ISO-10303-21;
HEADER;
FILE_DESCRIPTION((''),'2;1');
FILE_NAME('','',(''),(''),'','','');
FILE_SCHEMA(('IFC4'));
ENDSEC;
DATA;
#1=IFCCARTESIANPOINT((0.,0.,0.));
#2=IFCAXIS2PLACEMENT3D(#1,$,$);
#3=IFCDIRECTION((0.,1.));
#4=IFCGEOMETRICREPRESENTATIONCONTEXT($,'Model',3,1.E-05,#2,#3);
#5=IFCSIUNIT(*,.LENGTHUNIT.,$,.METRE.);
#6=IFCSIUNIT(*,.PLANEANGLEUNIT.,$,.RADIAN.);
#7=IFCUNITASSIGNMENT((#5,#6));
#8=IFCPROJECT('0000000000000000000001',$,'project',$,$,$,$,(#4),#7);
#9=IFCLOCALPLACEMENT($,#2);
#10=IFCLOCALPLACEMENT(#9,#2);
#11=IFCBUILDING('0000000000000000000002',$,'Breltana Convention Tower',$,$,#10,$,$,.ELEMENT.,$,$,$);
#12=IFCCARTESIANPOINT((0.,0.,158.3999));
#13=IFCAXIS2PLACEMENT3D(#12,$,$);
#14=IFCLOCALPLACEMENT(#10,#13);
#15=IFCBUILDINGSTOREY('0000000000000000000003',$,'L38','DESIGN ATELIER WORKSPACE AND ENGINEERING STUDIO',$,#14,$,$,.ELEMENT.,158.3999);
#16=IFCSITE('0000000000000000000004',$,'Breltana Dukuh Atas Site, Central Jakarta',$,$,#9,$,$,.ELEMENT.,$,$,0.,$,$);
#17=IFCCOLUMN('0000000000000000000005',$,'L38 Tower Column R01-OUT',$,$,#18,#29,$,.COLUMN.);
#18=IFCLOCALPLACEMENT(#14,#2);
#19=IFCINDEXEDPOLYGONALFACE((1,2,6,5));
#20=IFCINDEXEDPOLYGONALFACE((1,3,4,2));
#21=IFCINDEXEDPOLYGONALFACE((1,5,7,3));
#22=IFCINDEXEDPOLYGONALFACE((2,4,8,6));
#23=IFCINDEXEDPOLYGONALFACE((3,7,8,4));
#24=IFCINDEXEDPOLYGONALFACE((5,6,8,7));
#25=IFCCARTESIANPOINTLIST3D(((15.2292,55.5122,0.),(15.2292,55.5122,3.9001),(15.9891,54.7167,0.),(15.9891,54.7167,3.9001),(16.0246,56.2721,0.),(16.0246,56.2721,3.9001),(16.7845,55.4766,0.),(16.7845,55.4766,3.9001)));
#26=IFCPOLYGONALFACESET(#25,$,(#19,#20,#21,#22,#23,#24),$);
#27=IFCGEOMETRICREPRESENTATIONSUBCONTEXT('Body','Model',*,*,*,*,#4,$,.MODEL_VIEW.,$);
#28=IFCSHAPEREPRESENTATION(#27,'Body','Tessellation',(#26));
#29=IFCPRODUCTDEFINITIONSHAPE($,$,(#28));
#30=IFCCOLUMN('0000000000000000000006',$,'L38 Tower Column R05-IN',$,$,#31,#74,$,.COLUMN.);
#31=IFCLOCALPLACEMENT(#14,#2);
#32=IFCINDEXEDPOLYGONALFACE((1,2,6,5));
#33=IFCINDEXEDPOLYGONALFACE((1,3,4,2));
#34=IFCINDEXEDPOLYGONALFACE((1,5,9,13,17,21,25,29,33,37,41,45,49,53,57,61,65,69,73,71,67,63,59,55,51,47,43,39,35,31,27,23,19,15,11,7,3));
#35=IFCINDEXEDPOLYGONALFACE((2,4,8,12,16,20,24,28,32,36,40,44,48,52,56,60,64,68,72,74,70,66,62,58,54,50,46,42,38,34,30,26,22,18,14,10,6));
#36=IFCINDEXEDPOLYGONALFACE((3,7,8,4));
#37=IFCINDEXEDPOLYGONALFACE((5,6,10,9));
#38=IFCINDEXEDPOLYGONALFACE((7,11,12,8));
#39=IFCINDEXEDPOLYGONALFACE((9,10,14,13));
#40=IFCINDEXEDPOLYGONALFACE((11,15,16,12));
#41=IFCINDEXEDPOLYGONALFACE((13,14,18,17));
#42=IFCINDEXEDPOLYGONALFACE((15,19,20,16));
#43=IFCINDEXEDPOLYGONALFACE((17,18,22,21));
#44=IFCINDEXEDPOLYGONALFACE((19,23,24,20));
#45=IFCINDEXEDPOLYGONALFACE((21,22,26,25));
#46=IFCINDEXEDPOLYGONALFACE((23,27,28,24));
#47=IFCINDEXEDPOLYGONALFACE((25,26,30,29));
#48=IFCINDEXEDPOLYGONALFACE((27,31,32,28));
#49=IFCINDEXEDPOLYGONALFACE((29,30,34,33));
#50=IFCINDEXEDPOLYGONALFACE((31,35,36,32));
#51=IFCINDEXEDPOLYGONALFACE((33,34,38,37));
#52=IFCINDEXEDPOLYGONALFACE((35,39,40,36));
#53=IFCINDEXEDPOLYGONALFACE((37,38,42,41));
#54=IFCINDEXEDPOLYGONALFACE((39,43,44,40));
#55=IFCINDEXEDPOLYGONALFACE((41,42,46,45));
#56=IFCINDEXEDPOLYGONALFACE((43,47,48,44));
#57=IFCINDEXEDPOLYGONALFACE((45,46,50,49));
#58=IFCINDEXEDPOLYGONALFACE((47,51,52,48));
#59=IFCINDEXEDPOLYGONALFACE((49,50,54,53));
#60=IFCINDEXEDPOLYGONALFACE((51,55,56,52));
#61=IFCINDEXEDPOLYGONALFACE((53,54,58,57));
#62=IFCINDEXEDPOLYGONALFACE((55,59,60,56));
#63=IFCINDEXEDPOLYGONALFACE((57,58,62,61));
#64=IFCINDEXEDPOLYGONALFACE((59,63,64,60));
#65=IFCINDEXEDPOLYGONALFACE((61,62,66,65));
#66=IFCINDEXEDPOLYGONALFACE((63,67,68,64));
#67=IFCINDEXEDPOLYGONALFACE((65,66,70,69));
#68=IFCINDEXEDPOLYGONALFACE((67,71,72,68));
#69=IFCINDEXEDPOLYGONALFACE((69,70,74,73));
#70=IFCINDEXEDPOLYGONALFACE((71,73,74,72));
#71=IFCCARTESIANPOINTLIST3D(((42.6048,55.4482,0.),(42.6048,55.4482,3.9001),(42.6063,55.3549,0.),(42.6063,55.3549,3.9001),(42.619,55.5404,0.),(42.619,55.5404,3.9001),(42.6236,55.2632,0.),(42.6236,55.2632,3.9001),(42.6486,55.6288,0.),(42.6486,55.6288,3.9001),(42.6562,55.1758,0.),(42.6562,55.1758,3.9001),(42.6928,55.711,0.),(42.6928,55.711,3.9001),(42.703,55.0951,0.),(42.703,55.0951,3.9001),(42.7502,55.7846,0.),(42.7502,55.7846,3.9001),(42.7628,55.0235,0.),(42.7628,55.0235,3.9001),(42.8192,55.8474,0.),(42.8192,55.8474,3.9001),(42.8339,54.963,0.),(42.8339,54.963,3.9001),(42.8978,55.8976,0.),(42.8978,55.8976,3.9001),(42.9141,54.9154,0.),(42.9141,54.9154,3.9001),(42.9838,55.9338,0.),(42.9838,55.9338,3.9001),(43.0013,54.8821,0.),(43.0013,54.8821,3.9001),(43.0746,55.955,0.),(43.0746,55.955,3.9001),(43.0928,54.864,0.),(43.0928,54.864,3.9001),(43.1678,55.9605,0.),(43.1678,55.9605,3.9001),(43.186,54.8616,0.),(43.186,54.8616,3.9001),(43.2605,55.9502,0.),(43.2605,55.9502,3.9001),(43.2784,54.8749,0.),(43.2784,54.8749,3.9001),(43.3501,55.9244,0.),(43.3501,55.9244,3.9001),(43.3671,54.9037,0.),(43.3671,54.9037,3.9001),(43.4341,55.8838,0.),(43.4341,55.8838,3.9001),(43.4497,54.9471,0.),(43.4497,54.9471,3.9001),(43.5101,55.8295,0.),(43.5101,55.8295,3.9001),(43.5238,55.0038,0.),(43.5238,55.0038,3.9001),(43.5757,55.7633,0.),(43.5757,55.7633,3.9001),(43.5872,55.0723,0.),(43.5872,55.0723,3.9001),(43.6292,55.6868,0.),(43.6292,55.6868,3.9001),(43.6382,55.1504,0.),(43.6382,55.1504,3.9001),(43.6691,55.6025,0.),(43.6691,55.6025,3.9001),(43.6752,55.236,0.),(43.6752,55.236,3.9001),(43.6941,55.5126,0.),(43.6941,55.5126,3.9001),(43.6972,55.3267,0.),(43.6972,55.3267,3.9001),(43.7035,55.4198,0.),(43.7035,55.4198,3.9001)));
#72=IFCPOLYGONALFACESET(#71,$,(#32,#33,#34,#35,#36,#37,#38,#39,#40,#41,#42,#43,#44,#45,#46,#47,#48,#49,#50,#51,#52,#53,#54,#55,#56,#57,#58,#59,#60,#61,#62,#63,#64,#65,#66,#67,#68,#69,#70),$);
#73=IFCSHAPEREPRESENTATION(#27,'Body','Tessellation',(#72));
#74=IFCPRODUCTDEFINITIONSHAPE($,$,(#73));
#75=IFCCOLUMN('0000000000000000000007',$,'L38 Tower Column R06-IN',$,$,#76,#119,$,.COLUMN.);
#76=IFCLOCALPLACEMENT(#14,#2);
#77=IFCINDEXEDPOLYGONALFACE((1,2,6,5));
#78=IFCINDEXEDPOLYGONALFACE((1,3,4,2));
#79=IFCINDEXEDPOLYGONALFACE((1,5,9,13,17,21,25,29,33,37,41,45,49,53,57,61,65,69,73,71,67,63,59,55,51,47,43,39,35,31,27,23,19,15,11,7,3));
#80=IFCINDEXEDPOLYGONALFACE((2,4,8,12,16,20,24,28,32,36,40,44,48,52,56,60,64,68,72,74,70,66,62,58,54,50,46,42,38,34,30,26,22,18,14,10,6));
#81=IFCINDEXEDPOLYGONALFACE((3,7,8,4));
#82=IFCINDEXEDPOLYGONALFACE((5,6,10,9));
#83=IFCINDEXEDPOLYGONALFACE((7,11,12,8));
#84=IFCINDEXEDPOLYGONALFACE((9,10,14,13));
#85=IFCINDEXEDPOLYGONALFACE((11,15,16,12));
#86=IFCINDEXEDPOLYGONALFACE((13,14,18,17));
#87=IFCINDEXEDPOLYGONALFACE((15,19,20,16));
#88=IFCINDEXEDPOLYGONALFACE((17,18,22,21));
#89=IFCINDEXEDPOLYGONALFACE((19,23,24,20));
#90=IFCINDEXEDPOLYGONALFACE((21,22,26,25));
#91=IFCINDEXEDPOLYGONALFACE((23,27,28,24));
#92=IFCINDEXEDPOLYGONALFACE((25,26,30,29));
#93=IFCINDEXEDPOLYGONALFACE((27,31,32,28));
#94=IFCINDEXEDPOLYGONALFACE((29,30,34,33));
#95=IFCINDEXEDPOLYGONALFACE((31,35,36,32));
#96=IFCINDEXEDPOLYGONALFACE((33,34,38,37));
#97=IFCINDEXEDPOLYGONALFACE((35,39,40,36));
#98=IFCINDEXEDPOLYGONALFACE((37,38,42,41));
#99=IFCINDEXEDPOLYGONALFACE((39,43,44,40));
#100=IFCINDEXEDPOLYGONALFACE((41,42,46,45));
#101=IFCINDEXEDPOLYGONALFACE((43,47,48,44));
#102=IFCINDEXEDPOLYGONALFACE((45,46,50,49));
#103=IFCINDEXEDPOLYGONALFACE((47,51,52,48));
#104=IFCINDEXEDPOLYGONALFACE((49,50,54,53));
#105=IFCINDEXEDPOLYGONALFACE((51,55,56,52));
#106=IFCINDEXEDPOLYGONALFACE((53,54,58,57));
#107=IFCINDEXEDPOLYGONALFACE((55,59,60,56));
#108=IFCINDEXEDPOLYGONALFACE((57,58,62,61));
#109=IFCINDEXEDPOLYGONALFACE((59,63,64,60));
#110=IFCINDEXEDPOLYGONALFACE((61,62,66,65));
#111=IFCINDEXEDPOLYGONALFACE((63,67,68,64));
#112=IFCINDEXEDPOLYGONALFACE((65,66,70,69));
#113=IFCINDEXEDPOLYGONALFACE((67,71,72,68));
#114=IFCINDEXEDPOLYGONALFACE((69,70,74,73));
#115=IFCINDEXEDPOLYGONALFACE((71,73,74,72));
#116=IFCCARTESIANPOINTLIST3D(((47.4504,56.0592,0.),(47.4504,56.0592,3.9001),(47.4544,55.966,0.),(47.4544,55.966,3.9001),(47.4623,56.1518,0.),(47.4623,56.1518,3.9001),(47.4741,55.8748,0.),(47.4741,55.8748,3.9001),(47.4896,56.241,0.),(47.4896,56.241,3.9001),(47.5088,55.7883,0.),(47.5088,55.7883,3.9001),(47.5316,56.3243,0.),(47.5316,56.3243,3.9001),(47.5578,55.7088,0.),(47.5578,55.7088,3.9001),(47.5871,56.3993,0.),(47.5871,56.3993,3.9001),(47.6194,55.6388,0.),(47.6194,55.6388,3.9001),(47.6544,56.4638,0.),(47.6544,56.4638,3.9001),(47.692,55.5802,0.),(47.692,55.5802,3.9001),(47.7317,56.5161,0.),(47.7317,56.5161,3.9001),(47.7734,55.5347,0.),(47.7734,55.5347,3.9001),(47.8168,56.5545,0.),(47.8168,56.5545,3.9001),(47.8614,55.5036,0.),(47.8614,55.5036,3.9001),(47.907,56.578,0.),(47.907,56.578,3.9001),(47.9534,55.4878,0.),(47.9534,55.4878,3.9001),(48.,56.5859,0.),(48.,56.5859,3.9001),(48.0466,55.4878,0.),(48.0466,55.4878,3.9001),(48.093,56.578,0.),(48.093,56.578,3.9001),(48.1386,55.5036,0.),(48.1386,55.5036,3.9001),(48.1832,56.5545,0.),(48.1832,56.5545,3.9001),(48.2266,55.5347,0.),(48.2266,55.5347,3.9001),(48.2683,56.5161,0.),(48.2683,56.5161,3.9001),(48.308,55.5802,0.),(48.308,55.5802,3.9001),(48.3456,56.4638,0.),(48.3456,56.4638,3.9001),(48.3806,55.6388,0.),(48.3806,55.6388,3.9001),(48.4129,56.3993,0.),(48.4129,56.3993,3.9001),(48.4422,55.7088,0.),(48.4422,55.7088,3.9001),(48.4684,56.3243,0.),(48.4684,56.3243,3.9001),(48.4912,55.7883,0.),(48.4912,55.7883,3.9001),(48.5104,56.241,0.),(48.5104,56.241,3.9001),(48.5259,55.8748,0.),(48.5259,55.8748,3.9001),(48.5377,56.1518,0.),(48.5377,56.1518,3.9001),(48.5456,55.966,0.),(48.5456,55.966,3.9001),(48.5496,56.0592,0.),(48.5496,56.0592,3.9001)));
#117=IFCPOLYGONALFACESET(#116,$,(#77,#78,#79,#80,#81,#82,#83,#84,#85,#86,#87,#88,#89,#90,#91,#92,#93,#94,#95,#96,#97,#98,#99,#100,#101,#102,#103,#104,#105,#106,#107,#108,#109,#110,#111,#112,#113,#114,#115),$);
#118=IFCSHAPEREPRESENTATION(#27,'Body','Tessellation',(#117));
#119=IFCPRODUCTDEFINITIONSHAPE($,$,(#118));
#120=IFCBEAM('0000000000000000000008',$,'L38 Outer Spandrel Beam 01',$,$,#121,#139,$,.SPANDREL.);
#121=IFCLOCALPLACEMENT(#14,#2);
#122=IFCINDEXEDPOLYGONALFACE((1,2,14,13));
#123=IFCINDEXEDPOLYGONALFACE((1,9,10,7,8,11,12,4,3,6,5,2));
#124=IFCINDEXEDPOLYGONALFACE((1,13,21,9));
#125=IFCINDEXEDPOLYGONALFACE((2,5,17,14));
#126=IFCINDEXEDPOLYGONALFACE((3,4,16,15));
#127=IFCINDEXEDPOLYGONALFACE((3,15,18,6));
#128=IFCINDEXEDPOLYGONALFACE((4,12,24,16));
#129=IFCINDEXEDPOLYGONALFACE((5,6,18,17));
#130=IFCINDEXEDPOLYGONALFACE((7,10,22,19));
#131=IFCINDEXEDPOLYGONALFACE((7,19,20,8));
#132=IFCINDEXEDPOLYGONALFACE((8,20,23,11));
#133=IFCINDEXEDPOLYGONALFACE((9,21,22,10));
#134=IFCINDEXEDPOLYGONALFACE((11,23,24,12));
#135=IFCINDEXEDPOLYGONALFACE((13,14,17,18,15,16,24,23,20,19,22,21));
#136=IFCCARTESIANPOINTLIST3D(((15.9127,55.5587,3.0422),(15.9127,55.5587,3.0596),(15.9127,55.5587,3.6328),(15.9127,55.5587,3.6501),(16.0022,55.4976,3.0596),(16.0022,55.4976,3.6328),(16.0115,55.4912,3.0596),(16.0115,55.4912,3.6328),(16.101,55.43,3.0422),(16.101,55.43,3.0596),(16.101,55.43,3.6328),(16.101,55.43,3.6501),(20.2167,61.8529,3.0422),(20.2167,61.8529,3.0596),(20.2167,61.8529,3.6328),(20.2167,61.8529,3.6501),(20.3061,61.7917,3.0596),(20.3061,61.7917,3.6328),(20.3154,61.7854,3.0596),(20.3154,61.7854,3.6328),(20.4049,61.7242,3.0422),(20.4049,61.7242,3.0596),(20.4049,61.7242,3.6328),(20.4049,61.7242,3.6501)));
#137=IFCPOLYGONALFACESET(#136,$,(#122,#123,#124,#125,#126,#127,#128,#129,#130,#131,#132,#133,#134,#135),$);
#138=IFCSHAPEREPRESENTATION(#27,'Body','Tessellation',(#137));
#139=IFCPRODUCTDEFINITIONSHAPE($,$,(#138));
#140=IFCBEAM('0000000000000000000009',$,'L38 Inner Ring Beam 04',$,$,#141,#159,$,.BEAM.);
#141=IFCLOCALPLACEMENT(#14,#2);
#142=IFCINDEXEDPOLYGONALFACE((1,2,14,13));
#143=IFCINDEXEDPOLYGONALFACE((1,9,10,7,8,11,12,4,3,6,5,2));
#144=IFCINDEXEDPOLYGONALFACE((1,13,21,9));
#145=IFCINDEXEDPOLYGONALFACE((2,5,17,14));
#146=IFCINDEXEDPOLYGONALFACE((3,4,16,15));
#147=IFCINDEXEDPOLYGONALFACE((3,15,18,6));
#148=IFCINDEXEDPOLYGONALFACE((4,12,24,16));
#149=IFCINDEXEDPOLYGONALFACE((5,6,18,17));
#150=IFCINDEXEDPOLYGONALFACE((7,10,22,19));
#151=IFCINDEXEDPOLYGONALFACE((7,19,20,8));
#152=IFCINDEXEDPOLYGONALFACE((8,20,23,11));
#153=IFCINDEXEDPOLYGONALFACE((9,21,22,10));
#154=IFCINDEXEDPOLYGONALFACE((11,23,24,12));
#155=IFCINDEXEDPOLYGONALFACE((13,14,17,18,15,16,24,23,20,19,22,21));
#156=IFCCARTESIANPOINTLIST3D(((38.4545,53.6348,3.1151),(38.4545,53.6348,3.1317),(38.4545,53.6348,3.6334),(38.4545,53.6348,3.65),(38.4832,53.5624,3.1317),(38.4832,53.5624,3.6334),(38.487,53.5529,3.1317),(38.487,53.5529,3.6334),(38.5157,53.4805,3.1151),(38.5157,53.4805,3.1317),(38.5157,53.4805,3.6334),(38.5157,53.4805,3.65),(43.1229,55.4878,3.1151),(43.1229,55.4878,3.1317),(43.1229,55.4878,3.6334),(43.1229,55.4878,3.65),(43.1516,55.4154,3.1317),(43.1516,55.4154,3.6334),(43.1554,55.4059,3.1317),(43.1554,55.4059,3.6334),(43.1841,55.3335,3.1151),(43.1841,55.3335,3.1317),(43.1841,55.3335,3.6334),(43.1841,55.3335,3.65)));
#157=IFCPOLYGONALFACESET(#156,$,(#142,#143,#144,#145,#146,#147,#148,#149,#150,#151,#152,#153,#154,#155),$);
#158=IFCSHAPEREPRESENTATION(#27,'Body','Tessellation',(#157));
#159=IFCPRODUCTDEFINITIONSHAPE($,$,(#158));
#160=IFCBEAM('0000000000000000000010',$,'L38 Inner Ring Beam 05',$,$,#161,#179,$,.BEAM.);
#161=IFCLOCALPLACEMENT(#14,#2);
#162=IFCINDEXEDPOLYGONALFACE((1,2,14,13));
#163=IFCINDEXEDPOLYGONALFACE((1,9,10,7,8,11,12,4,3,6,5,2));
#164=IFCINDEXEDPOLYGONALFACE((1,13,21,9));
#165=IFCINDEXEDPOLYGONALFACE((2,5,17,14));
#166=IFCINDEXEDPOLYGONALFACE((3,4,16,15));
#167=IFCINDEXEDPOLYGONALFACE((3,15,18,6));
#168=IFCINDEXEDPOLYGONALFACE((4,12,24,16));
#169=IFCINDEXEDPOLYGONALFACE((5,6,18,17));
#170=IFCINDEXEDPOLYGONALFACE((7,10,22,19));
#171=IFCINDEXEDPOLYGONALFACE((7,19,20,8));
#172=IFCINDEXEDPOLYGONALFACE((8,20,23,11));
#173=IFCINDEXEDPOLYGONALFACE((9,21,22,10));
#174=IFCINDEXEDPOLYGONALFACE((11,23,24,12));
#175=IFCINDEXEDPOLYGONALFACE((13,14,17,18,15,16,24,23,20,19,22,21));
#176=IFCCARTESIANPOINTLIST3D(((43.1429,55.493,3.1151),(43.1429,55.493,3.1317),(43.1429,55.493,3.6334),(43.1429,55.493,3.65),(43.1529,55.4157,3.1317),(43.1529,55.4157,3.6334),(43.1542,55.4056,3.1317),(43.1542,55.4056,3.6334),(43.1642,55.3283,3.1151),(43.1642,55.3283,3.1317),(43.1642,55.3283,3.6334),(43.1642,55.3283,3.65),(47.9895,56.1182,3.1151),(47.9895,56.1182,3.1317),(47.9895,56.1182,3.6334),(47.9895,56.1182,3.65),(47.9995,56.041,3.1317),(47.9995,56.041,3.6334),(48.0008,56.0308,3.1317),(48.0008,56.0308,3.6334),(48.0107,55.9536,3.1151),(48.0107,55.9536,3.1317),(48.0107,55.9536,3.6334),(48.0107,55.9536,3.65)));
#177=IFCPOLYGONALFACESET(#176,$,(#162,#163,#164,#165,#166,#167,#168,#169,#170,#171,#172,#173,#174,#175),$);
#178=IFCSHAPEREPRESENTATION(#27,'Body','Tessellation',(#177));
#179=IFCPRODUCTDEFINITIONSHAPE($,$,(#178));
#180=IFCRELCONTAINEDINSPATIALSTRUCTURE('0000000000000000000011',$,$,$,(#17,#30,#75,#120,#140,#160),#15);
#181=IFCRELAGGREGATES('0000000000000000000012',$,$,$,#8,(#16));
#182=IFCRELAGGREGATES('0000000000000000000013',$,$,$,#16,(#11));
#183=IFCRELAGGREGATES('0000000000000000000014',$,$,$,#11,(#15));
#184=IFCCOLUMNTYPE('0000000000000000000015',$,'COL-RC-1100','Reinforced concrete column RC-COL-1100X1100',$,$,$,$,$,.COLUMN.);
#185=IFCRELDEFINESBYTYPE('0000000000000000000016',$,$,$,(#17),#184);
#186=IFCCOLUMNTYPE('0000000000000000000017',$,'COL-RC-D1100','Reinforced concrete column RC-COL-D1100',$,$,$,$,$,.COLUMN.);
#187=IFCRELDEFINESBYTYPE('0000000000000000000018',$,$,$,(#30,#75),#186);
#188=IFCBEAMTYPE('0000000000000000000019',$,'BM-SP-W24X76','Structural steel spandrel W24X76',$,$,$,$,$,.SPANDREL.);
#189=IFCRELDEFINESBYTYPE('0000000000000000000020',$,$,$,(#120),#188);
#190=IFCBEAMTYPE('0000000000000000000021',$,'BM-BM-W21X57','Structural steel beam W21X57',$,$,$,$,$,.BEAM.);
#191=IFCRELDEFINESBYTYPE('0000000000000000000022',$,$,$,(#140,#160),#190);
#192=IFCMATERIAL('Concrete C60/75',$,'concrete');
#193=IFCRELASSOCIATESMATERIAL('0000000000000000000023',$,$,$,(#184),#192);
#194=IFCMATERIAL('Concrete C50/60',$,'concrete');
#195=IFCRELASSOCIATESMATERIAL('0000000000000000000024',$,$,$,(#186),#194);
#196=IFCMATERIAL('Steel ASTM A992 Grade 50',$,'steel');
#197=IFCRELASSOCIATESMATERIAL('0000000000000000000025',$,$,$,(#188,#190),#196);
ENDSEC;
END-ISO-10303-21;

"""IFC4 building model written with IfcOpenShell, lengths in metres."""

from ifc_helpers import new_model, si_unit, direction, frame, origin, origin_2d, place, context, subcontext, project, spatial, rectangle, circle, i_section, extrude, source, transform, mapped, material, material_profile, profile_set, type_object, type_shapes, element, save


model = new_model("IFC4")

# Units and contexts
model_context = context("Model", 3, precision=1e-05, world=origin(), true_north=direction((0.0, 1.0)))
body_context = subcontext(model_context, "Body", "Model", "MODEL_VIEW")
ifc_project = project(units=[si_unit("LENGTHUNIT", "METRE"), si_unit("PLANEANGLEUNIT", "RADIAN")], contexts=[model_context])

# Site, building, storey
site_placement = place(None, origin())
site = spatial("IfcSite", under=ifc_project, at=site_placement, Name="Breltana Dukuh Atas Site, Central Jakarta", CompositionType="ELEMENT", RefElevation=0.0)
building_placement = place(site_placement, origin())
building = spatial("IfcBuilding", under=site, at=building_placement, Name="Breltana Convention Tower", CompositionType="ELEMENT")
storey_placement = place(building_placement, frame((0.0, 0.0, 158.3999)))
storey = spatial("IfcBuildingStorey", under=building, at=storey_placement, Name="L38", Description="DESIGN ATELIER WORKSPACE AND ENGINEERING STUDIO", CompositionType="ELEMENT", Elevation=158.3999)

# Columns
ifc_material_1 = material(Name="Concrete C60/75", Category="concrete")
ifc_material_profile_1 = material_profile(ifc_material_1, rectangle(XDim=1.1001, YDim=1.1001, at=origin_2d()), Name="RC-COL-1100X1100")
ifc_profile_set_1 = profile_set([ifc_material_profile_1], Name="Concrete C60/75")
column_type_1 = type_object("IfcColumnType", Name="COL-RC-1100", Description="Reinforced concrete column RC-COL-1100X1100", PredefinedType="COLUMN", material=ifc_profile_set_1)
shared_shape_1 = source(origin(), body_context, "Body", "SweptSolid", [
    extrude(rectangle(XDim=1.1001, YDim=1.1001, at=origin_2d()), origin(), (0.0, 0.0, 1.0), 3.9001),
])
column_placement = place(storey_placement, frame((16.0068, 55.4944, 0.0), z_axis=(0.0, 0.0, 1.0), x_axis=(-0.690756, 0.723088, 0.0)))
element("IfcColumn", 1, at=column_placement, inside=storey, type_object=column_type_1, Name="L38 Tower Column R01-OUT", PredefinedType="COLUMN", context=body_context, shape_type="MappedRepresentation", body=[
    mapped(shared_shape_1, transform((0.0, 0.0, 0.0), scale=1.0)),
])
ifc_material_2 = material(Name="Concrete C50/60", Category="concrete")
ifc_material_profile_2 = material_profile(ifc_material_2, circle(Radius=0.55, at=origin_2d()), Name="RC-COL-D1100")
ifc_profile_set_2 = profile_set([ifc_material_profile_2], Name="Concrete C50/60")
column_type_2 = type_object("IfcColumnType", Name="COL-RC-D1100", Description="Reinforced concrete column RC-COL-D1100", PredefinedType="COLUMN", material=ifc_profile_set_2)
shared_shape_2 = source(origin(), body_context, "Body", "SweptSolid", [
    extrude(circle(Radius=0.55, at=origin_2d()), origin(), (0.0, 0.0, 1.0), 3.9001),
])
for number, where, z_axis, x_axis, name in (
    (2, (43.1536, 55.4106, 0.0), (0.0, 0.0, 1.0), (-0.143493, 0.989651, 0.0), "L38 Tower Column R05-IN"),
    (3, (48.0, 56.0359, 0.0), (0.0, 0.0, 1.0), (0.0, 1.0, 0.0), "L38 Tower Column R06-IN"),
):
    element("IfcColumn", number, at=place(storey_placement, frame(where, z_axis=z_axis, x_axis=x_axis)), inside=storey, type_object=column_type_2, Name=name, PredefinedType="COLUMN", context=body_context, shape_type="MappedRepresentation", body=[
        mapped(shared_shape_2, transform((0.0, 0.0, 0.0), scale=1.0)),
    ])

# Beams
ifc_material_3 = material(Name="Steel ASTM A992 Grade 50", Category="steel")
ifc_material_profile_3 = material_profile(ifc_material_3, i_section(OverallWidth=0.228, OverallDepth=0.6079, WebThickness=0.0112, FlangeThickness=0.0173, at=origin_2d()), Name="W24X76")
ifc_profile_set_3 = profile_set([ifc_material_profile_3], Name="Steel ASTM A992 Grade 50")
beam_type_1 = type_object("IfcBeamType", Name="BM-SP-W24X76", Description="Structural steel spandrel W24X76", PredefinedType="SPANDREL", material=ifc_profile_set_3)
shared_shape_3 = source(origin(), body_context, "Body", "SweptSolid", [
    extrude(i_section(OverallWidth=0.228, OverallDepth=0.6079, WebThickness=0.0112, FlangeThickness=0.0173, at=origin_2d()), origin(), (0.0, 0.0, 1.0), 7.625),
])
type_shapes(beam_type_1, [shared_shape_3])
beam_1_placement = place(storey_placement, frame((16.0068, 55.4944, 3.3462), z_axis=(0.564452, 0.825466, 0.0), x_axis=(-0.825466, 0.564452, 0.0)))
element("IfcBeam", 4, at=beam_1_placement, inside=storey, type_object=beam_type_1, Name="L38 Outer Spandrel Beam 01", PredefinedType="SPANDREL", context=body_context, shape_type="MappedRepresentation", body=[
    mapped(shared_shape_3, transform((0.0, 0.0, 0.0), scale=1.0)),
])
ifc_material_profile_4 = material_profile(ifc_material_3, i_section(OverallWidth=0.166, OverallDepth=0.5349, WebThickness=0.0103, FlangeThickness=0.0166, at=origin_2d()), Name="W21X57")
ifc_profile_set_4 = profile_set([ifc_material_profile_4], Name="Steel ASTM A992 Grade 50")
beam_type_2 = type_object("IfcBeamType", Name="BM-BM-W21X57", Description="Structural steel beam W21X57", PredefinedType="BEAM", material=ifc_profile_set_4)
shared_shape_4 = source(origin(), body_context, "Body", "SweptSolid", [
    extrude(i_section(OverallWidth=0.166, OverallDepth=0.5349, WebThickness=0.0103, FlangeThickness=0.0166, at=origin_2d()), origin(), (0.0, 0.0, 1.0), 5.0227),
])
beam_2_placement = place(storey_placement, frame((38.4851, 53.5576, 3.3826), z_axis=(0.929459, 0.368926, 0.0), x_axis=(-0.368926, 0.929459, 0.0)))
element("IfcBeam", 5, at=beam_2_placement, inside=storey, type_object=beam_type_2, Name="L38 Inner Ring Beam 04", PredefinedType="BEAM", context=body_context, shape_type="MappedRepresentation", body=[
    mapped(shared_shape_4, transform((0.0, 0.0, 0.0), scale=1.0)),
])
shared_shape_5 = source(origin(), body_context, "Body", "SweptSolid", [
    extrude(i_section(OverallWidth=0.166, OverallDepth=0.5349, WebThickness=0.0103, FlangeThickness=0.0166, at=origin_2d()), origin(), (0.0, 0.0, 1.0), 4.8867),
])
beam_3_placement = place(storey_placement, frame((43.1536, 55.4106, 3.3826), z_axis=(0.991781, 0.127951, 0.0), x_axis=(-0.127951, 0.991781, 0.0)))
element("IfcBeam", 6, at=beam_3_placement, inside=storey, type_object=beam_type_2, Name="L38 Inner Ring Beam 05", PredefinedType="BEAM", context=body_context, shape_type="MappedRepresentation", body=[
    mapped(shared_shape_5, transform((0.0, 0.0, 0.0), scale=1.0)),
])

save(model, "model.ifc")
